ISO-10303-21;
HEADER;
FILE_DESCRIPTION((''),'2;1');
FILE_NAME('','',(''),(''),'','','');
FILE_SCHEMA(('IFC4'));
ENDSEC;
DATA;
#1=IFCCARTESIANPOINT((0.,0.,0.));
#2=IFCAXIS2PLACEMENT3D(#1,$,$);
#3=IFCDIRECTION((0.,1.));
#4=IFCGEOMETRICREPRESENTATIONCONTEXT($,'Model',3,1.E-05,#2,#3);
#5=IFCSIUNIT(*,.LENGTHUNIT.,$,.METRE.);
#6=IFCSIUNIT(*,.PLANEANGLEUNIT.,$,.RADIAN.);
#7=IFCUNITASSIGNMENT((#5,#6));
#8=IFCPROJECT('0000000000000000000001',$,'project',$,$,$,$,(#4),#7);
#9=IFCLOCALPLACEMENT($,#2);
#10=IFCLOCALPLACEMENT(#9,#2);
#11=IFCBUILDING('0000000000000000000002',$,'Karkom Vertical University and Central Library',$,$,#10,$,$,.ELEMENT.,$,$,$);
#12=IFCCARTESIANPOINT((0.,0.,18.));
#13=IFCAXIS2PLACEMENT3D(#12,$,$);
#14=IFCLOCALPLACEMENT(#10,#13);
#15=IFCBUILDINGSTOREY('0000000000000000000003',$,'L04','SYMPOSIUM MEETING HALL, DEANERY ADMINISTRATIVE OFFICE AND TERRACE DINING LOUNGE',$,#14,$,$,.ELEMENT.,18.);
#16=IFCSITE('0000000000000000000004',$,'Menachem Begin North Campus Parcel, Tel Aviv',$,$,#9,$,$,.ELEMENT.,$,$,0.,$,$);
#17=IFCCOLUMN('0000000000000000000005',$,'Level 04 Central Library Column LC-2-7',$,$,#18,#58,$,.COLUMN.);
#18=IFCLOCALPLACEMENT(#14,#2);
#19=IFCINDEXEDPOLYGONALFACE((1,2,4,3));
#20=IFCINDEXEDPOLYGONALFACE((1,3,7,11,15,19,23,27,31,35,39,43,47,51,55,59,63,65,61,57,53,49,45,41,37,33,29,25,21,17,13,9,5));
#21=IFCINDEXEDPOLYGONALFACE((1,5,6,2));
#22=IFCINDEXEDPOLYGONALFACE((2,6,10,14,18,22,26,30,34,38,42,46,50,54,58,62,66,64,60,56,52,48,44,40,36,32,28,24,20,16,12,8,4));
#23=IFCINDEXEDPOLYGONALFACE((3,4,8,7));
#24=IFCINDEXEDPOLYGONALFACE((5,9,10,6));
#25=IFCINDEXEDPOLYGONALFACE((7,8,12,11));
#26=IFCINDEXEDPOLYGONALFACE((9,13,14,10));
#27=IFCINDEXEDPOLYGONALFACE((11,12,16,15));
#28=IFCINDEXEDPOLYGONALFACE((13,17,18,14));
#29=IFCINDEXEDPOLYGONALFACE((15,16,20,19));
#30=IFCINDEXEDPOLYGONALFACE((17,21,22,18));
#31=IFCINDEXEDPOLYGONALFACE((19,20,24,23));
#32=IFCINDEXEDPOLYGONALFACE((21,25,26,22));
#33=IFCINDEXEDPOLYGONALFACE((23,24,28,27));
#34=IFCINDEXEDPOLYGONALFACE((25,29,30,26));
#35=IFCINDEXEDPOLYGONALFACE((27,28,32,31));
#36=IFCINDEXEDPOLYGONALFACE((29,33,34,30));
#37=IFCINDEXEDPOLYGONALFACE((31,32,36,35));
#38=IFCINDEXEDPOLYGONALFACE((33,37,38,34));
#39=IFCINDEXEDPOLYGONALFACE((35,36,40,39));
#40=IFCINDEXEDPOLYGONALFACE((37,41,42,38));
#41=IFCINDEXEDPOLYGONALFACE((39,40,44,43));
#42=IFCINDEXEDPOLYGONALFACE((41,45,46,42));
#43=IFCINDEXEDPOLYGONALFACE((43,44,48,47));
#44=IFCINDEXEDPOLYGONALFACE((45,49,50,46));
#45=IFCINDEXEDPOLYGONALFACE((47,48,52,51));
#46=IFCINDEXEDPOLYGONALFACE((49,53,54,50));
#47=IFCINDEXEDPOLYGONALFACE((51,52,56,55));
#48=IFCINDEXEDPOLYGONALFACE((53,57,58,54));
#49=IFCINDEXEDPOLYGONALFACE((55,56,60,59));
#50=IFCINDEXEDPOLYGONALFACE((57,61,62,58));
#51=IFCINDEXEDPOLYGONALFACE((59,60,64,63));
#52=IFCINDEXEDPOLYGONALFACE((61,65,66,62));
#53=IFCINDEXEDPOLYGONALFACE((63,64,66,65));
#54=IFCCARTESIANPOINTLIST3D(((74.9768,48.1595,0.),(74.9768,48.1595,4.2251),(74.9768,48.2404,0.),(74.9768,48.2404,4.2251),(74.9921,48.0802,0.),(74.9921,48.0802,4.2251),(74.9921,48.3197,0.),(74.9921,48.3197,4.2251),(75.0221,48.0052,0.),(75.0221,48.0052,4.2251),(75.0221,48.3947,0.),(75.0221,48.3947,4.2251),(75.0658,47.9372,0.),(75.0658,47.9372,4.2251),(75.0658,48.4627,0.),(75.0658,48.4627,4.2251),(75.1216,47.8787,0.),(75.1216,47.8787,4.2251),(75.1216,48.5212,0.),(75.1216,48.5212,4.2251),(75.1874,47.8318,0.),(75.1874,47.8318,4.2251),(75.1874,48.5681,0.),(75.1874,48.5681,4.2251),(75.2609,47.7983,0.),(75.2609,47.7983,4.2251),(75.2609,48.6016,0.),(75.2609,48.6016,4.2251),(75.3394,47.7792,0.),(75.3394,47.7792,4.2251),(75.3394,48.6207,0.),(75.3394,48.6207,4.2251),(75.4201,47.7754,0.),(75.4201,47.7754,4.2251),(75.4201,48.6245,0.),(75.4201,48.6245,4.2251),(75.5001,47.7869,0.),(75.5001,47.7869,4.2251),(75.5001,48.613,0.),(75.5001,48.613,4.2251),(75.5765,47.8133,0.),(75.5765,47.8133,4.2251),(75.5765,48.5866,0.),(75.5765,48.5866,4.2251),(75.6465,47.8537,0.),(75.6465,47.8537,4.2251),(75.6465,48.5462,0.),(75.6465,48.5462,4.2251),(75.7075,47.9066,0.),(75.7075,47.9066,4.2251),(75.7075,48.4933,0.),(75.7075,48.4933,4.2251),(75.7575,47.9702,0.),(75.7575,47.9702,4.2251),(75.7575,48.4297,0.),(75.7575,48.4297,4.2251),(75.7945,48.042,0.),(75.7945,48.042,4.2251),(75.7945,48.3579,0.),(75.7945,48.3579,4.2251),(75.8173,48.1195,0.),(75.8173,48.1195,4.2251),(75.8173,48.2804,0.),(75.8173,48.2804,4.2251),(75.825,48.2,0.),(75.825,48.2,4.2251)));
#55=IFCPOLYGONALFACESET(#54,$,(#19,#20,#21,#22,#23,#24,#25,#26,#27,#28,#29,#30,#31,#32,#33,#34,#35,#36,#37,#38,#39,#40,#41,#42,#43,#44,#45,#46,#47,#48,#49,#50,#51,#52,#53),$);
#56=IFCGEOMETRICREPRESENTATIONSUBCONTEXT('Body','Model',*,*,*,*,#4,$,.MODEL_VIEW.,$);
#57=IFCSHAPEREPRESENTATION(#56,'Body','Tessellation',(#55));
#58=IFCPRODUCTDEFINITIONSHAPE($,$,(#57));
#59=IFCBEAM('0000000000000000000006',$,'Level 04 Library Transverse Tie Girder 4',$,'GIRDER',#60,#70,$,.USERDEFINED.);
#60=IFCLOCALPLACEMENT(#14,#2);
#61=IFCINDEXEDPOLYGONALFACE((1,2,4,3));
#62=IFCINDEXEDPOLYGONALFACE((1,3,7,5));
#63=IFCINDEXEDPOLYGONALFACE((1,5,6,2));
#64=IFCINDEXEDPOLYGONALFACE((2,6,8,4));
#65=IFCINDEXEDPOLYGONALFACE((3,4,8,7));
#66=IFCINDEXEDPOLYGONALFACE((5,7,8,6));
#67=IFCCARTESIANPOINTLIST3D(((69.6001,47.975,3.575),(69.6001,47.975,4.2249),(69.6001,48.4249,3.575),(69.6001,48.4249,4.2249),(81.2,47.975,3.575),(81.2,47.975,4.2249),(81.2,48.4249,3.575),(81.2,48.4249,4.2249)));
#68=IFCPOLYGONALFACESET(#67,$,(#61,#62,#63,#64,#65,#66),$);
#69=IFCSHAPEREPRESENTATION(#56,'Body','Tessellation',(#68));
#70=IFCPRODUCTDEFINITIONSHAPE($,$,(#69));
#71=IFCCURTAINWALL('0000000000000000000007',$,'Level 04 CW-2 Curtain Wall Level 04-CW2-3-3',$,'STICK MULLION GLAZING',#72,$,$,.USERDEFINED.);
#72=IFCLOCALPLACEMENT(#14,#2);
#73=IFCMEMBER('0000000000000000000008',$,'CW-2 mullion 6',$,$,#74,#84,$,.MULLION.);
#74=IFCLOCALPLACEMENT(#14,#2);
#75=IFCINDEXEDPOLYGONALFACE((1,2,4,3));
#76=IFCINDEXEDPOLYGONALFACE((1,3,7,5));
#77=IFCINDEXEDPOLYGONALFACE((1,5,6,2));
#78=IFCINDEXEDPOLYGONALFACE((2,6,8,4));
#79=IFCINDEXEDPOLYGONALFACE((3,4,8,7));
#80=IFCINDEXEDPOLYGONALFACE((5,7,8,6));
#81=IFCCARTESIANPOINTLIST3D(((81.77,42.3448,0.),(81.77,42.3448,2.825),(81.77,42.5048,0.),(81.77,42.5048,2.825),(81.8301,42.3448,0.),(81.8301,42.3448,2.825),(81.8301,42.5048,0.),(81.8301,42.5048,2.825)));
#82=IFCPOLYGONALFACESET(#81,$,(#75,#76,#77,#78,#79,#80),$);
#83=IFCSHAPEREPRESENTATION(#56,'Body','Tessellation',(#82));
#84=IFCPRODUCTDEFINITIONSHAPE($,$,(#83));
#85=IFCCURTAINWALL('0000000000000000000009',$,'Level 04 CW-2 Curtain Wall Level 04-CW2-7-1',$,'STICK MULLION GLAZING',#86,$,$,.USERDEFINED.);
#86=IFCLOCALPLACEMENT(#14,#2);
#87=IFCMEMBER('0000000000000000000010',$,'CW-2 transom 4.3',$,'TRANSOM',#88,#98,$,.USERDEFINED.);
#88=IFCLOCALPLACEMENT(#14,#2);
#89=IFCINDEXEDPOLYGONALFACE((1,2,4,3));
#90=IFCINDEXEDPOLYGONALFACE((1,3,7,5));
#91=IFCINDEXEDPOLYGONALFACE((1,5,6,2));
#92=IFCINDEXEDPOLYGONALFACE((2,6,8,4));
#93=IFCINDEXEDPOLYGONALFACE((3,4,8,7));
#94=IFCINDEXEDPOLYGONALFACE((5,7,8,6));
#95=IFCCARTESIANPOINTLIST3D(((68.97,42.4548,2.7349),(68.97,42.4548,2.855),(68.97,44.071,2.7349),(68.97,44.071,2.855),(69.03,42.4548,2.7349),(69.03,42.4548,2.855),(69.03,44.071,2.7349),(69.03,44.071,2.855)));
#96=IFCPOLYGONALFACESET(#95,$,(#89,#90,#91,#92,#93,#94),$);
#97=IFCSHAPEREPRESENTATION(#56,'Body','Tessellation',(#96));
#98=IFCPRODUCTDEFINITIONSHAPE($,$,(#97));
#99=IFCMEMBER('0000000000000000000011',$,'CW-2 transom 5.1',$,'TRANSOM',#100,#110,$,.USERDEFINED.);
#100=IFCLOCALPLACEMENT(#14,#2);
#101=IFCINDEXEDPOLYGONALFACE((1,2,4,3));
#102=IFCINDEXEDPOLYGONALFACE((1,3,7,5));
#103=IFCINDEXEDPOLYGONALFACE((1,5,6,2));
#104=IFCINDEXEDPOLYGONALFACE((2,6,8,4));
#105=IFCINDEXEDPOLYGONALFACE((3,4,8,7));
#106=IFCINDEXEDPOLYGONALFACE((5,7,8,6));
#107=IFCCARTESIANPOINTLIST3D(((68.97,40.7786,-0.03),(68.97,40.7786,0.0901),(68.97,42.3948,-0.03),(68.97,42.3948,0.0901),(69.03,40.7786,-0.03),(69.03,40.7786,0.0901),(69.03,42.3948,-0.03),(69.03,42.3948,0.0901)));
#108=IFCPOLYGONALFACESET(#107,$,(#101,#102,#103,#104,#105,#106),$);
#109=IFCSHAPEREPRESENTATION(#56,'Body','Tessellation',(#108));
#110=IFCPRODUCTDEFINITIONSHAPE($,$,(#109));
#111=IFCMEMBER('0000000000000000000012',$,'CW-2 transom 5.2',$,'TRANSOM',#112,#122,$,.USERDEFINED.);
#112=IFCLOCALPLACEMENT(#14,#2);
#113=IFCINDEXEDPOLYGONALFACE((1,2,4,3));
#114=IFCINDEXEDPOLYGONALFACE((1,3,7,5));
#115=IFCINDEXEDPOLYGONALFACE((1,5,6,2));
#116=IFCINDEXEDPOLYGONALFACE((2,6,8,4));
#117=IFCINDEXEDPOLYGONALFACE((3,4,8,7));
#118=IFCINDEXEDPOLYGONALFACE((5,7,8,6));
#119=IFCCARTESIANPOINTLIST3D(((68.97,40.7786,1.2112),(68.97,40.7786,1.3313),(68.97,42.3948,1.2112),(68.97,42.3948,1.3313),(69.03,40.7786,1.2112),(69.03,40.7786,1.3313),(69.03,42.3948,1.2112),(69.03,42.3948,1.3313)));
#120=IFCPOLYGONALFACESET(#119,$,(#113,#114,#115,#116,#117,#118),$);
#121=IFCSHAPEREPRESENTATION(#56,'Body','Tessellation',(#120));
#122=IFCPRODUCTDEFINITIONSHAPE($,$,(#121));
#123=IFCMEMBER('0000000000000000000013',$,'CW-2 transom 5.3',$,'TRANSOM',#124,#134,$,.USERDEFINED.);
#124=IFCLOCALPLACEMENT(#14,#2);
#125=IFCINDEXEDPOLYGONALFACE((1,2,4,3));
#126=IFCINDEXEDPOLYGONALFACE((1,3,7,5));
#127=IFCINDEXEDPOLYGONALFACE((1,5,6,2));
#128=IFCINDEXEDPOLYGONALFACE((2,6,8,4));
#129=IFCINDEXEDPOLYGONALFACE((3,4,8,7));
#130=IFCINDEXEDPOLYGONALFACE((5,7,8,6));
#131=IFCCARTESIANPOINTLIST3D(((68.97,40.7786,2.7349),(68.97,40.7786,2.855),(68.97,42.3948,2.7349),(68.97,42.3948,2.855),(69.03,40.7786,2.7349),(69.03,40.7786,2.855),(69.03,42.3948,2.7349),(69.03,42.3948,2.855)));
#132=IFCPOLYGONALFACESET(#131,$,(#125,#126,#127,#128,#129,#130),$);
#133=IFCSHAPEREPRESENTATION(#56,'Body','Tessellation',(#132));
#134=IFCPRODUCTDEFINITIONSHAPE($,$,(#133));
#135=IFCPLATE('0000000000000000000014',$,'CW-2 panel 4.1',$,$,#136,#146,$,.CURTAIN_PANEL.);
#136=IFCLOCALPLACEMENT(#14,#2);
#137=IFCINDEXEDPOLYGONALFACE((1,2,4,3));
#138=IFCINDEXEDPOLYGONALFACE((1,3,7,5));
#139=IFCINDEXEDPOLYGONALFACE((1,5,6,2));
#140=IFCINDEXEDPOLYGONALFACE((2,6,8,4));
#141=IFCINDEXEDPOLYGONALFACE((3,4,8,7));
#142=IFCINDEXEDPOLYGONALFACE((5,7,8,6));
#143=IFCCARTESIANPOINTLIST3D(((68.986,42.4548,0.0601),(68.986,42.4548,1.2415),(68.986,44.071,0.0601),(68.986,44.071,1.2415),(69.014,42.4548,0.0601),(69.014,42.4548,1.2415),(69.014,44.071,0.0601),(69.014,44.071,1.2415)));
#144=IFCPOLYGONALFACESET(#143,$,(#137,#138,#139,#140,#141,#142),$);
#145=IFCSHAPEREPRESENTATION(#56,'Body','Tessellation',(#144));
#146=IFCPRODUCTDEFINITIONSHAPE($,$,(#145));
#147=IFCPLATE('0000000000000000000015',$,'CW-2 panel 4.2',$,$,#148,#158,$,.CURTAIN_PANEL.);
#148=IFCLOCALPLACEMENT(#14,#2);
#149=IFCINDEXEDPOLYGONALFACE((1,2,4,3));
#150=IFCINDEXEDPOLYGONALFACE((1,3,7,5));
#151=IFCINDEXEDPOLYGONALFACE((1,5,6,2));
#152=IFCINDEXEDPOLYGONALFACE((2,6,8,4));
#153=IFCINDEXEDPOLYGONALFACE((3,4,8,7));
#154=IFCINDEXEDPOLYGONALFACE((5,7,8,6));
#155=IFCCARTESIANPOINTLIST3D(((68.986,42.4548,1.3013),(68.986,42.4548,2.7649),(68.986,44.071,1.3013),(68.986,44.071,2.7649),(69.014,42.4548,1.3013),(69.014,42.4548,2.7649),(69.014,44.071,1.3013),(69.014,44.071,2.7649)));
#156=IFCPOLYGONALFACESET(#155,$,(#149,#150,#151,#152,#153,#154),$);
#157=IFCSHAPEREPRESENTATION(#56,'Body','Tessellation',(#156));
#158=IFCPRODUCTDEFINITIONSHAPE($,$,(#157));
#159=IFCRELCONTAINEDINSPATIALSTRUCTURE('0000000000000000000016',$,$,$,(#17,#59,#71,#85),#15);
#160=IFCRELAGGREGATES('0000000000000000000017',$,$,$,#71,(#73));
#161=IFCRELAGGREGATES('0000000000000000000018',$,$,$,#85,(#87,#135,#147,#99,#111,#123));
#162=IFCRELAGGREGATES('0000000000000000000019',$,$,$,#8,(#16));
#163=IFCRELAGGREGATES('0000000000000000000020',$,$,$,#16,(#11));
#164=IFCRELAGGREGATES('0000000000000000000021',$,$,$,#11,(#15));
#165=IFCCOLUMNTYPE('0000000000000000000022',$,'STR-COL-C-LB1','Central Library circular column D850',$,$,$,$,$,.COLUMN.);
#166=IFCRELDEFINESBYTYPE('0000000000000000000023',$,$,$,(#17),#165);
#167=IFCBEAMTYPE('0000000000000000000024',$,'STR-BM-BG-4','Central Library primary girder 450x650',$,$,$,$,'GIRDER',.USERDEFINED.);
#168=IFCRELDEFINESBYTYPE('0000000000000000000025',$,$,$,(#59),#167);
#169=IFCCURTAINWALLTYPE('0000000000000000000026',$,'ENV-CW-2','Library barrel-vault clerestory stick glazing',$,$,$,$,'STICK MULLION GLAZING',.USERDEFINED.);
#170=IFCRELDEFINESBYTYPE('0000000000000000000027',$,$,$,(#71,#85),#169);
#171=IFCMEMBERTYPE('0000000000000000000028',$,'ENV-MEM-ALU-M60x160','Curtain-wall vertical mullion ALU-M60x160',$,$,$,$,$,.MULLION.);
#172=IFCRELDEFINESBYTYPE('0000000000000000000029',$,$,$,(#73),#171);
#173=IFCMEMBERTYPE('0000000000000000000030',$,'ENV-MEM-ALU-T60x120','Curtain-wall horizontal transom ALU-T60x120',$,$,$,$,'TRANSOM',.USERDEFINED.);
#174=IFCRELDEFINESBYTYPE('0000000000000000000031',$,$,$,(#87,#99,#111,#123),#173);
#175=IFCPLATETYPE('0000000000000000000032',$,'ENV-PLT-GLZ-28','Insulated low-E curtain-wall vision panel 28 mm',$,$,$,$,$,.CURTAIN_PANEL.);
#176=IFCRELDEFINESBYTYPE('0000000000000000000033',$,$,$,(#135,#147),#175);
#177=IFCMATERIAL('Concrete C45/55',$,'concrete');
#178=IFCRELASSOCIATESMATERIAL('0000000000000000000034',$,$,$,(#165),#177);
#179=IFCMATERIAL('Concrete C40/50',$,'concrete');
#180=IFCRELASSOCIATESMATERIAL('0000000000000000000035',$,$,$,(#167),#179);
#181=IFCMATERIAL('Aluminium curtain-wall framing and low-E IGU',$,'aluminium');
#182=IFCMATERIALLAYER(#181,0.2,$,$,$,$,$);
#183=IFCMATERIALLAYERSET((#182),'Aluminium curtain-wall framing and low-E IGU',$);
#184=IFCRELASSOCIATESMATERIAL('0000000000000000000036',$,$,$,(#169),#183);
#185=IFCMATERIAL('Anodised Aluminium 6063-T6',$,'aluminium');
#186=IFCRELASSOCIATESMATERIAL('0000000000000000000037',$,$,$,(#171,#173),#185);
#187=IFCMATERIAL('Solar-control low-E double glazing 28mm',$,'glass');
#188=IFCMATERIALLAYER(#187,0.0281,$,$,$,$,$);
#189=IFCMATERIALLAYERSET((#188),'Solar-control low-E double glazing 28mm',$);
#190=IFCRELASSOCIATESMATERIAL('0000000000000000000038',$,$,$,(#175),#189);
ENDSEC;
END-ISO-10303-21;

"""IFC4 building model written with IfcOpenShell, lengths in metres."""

from ifc_helpers import new_model, si_unit, direction, frame, origin, origin_with_axes, origin_2d, place, context, subcontext, project, spatial, rectangle, circle, extrude, source, transform, mapped, material, layer, layer_set, material_profile, profile_set, type_object, element, aggregate, save


model = new_model("IFC4")

# Units and contexts
model_context = context("Model", 3, precision=1e-05, world=origin(), true_north=direction((0.0, 1.0)))
body_context = subcontext(model_context, "Body", "Model", "MODEL_VIEW")
ifc_project = project(units=[si_unit("LENGTHUNIT", "METRE"), si_unit("PLANEANGLEUNIT", "RADIAN")], contexts=[model_context])

# Site, building, storey
site_placement = place(None, origin())
site = spatial("IfcSite", under=ifc_project, at=site_placement, Name="Menachem Begin North Campus Parcel, Tel Aviv", CompositionType="ELEMENT", RefElevation=0.0)
building_placement = place(site_placement, origin())
building = spatial("IfcBuilding", under=site, at=building_placement, Name="Karkom Vertical University and Central Library", CompositionType="ELEMENT")
storey_placement = place(building_placement, frame((0.0, 0.0, 18.0)))
storey = spatial("IfcBuildingStorey", under=building, at=storey_placement, Name="L04", Description="SYMPOSIUM MEETING HALL, DEANERY ADMINISTRATIVE OFFICE AND TERRACE DINING LOUNGE", CompositionType="ELEMENT", Elevation=18.0)

# Column
ifc_material_1 = material(Name="Concrete C40/50", Category="concrete")
ifc_material_2 = material(Name="Concrete C45/55", Category="concrete")
ifc_material_profile_1 = material_profile(ifc_material_2, circle(Radius=0.425, at=origin_2d()), Name="RC-D850")
ifc_profile_set_1 = profile_set([ifc_material_profile_1], Name="Concrete C45/55")
column_type_1 = type_object("IfcColumnType", Name="STR-COL-C-LB1", Description="Central Library circular column D850", PredefinedType="COLUMN", material=ifc_profile_set_1)
shared_shape_1 = source(origin_with_axes(), body_context, "Body", "SweptSolid", [
    extrude(circle(Radius=0.425, at=origin_2d()), origin(), (0.0, 0.0, 1.0), 4.2251),
])
column_placement = place(storey_placement, frame((75.3999, 48.2, 0.0), z_axis=(0.0, 0.0, 1.0), x_axis=(1.0, 0.0, 0.0)))
element("IfcColumn", 1, at=column_placement, inside=storey, type_object=column_type_1, Name="Level 04 Central Library Column LC-2-7", PredefinedType="COLUMN", context=body_context, shape_type="MappedRepresentation", body=[
    mapped(shared_shape_1, transform((0.0, 0.0, 0.0), scale=1.0)),
])

# Beam
ifc_material_profile_2 = material_profile(ifc_material_1, rectangle(XDim=0.45, YDim=0.6499, at=origin_2d()), Name="RCB-450x650")
ifc_profile_set_2 = profile_set([ifc_material_profile_2], Name="Concrete C40/50")
beam_type = type_object("IfcBeamType", Name="STR-BM-BG-4", Description="Central Library primary girder 450x650", ElementType="GIRDER", PredefinedType="USERDEFINED", material=ifc_profile_set_2)
shared_shape_2 = source(origin_with_axes(), body_context, "Body", "SweptSolid", [
    extrude(rectangle(XDim=0.45, YDim=0.6499, at=origin_2d()), origin(), (0.0, 0.0, 1.0), 11.5999),
])
beam_placement = place(storey_placement, frame((69.6001, 48.2, 3.8999), z_axis=(1.0, 0.0, 0.0), x_axis=(0.0, 1.0, 0.0)))
element("IfcBeam", 2, at=beam_placement, inside=storey, type_object=beam_type, Name="Level 04 Library Transverse Tie Girder 4", ObjectType="GIRDER", PredefinedType="USERDEFINED", context=body_context, shape_type="MappedRepresentation", body=[
    mapped(shared_shape_2, transform((0.0, 0.0, 0.0), scale=1.0)),
])

# Curtain wall, member
ifc_material_3 = material(Name="Aluminium curtain-wall framing and low-E IGU", Category="aluminium")
ifc_layer_1 = layer(ifc_material_3, 0.2)
ifc_layer_set_1 = layer_set([ifc_layer_1], Name="Aluminium curtain-wall framing and low-E IGU")
curtain_wall_type = type_object("IfcCurtainWallType", Name="ENV-CW-2", Description="Library barrel-vault clerestory stick glazing", ElementType="STICK MULLION GLAZING", PredefinedType="USERDEFINED", material=ifc_layer_set_1)
curtain_wall_1_placement = place(storey_placement, origin())
curtain_wall_1 = element("IfcCurtainWall", 3, at=curtain_wall_1_placement, inside=storey, type_object=curtain_wall_type, Name="Level 04 CW-2 Curtain Wall Level 04-CW2-3-3", ObjectType="STICK MULLION GLAZING", PredefinedType="USERDEFINED")
ifc_material_4 = material(Name="Anodised Aluminium 6063-T6", Category="aluminium")
ifc_material_profile_3 = material_profile(ifc_material_4, rectangle(XDim=0.0601, YDim=0.1599, at=origin_2d()), Name="ALU-M60x160")
ifc_profile_set_3 = profile_set([ifc_material_profile_3], Name="Anodised Aluminium 6063-T6")
member_type_1 = type_object("IfcMemberType", Name="ENV-MEM-ALU-M60x160", Description="Curtain-wall vertical mullion ALU-M60x160", PredefinedType="MULLION", material=ifc_profile_set_3)
shared_shape_3 = source(origin_with_axes(), body_context, "Body", "SweptSolid", [
    extrude(rectangle(XDim=0.0601, YDim=0.1599, at=origin_2d()), origin(), (0.0, 0.0, 1.0), 2.825),
])
member_1_placement = place(storey_placement, frame((81.8, 42.4248, 0.0), z_axis=(0.0, 0.0, 1.0), x_axis=(-1.0, 0.0, 0.0)))
member_1 = element("IfcMember", 4, at=member_1_placement, type_object=member_type_1, Name="CW-2 mullion 6", PredefinedType="MULLION", context=body_context, shape_type="MappedRepresentation", body=[
    mapped(shared_shape_3, transform((0.0, 0.0, 0.0), scale=1.0)),
])
aggregate(curtain_wall_1, [member_1])

# Curtain wall, members, plates
curtain_wall_2_placement = place(storey_placement, origin())
curtain_wall_2 = element("IfcCurtainWall", 5, at=curtain_wall_2_placement, inside=storey, type_object=curtain_wall_type, Name="Level 04 CW-2 Curtain Wall Level 04-CW2-7-1", ObjectType="STICK MULLION GLAZING", PredefinedType="USERDEFINED")
ifc_material_profile_4 = material_profile(ifc_material_4, rectangle(XDim=0.0601, YDim=0.1201, at=origin_2d()), Name="ALU-T60x120")
ifc_profile_set_4 = profile_set([ifc_material_profile_4], Name="Anodised Aluminium 6063-T6")
member_type_2 = type_object("IfcMemberType", Name="ENV-MEM-ALU-T60x120", Description="Curtain-wall horizontal transom ALU-T60x120", ElementType="TRANSOM", PredefinedType="USERDEFINED", material=ifc_profile_set_4)
shared_shape_4 = source(origin_with_axes(), body_context, "Body", "SweptSolid", [
    extrude(rectangle(XDim=0.0601, YDim=0.1201, at=origin_2d()), origin(), (0.0, 0.0, 1.0), 1.6162),
])
member_2_placement = place(storey_placement, frame((69.0, 44.071, 2.7949), z_axis=(0.0, -1.0, 0.0), x_axis=(1.0, 0.0, 0.0)))
member_2 = element("IfcMember", 6, at=member_2_placement, type_object=member_type_2, Name="CW-2 transom 4.3", ObjectType="TRANSOM", PredefinedType="USERDEFINED", context=body_context, shape_type="MappedRepresentation", body=[
    mapped(shared_shape_4, transform((0.0, 0.0, 0.0), scale=1.0)),
])
member_3_placement = place(storey_placement, frame((69.0, 42.3948, 0.03), z_axis=(0.0, -1.0, 0.0), x_axis=(1.0, 0.0, 0.0)))
member_3 = element("IfcMember", 7, at=member_3_placement, type_object=member_type_2, Name="CW-2 transom 5.1", ObjectType="TRANSOM", PredefinedType="USERDEFINED", context=body_context, shape_type="MappedRepresentation", body=[
    mapped(shared_shape_4, transform((0.0, 0.0, 0.0), scale=1.0)),
])
member_4_placement = place(storey_placement, frame((69.0, 42.3948, 1.2712), z_axis=(0.0, -1.0, 0.0), x_axis=(1.0, 0.0, 0.0)))
member_4 = element("IfcMember", 8, at=member_4_placement, type_object=member_type_2, Name="CW-2 transom 5.2", ObjectType="TRANSOM", PredefinedType="USERDEFINED", context=body_context, shape_type="MappedRepresentation", body=[
    mapped(shared_shape_4, transform((0.0, 0.0, 0.0), scale=1.0)),
])
member_5_placement = place(storey_placement, frame((69.0, 42.3948, 2.7949), z_axis=(0.0, -1.0, 0.0), x_axis=(1.0, 0.0, 0.0)))
member_5 = element("IfcMember", 9, at=member_5_placement, type_object=member_type_2, Name="CW-2 transom 5.3", ObjectType="TRANSOM", PredefinedType="USERDEFINED", context=body_context, shape_type="MappedRepresentation", body=[
    mapped(shared_shape_4, transform((0.0, 0.0, 0.0), scale=1.0)),
])
ifc_material_5 = material(Name="Solar-control low-E double glazing 28mm", Category="glass")
ifc_layer_2 = layer(ifc_material_5, 0.0281)
ifc_layer_set_2 = layer_set([ifc_layer_2], Name="Solar-control low-E double glazing 28mm")
plate_type = type_object("IfcPlateType", Name="ENV-PLT-GLZ-28", Description="Insulated low-E curtain-wall vision panel 28 mm", PredefinedType="CURTAIN_PANEL", material=ifc_layer_set_2)
shared_shape_5 = source(origin_with_axes(), body_context, "Body", "SweptSolid", [
    extrude(rectangle(XDim=1.6162, YDim=0.0281, at=origin_2d()), origin(), (0.0, 0.0, 1.0), 1.1814),
])
plate_1_placement = place(storey_placement, frame((69.0, 43.2629, 0.0601), z_axis=(0.0, 0.0, 1.0), x_axis=(0.0, -1.0, 0.0)))
plate_1 = element("IfcPlate", 10, at=plate_1_placement, type_object=plate_type, Name="CW-2 panel 4.1", PredefinedType="CURTAIN_PANEL", context=body_context, shape_type="MappedRepresentation", body=[
    mapped(shared_shape_5, transform((0.0, 0.0, 0.0), scale=1.0)),
])
shared_shape_6 = source(origin_with_axes(), body_context, "Body", "SweptSolid", [
    extrude(rectangle(XDim=1.6162, YDim=0.0281, at=origin_2d()), origin(), (0.0, 0.0, 1.0), 1.4636),
])
plate_2_placement = place(storey_placement, frame((69.0, 43.2629, 1.3013), z_axis=(0.0, 0.0, 1.0), x_axis=(0.0, -1.0, 0.0)))
plate_2 = element("IfcPlate", 11, at=plate_2_placement, type_object=plate_type, Name="CW-2 panel 4.2", PredefinedType="CURTAIN_PANEL", context=body_context, shape_type="MappedRepresentation", body=[
    mapped(shared_shape_6, transform((0.0, 0.0, 0.0), scale=1.0)),
])
aggregate(curtain_wall_2, [member_2, plate_1, plate_2, member_3, member_4, member_5])

save(model, "model.ifc")
